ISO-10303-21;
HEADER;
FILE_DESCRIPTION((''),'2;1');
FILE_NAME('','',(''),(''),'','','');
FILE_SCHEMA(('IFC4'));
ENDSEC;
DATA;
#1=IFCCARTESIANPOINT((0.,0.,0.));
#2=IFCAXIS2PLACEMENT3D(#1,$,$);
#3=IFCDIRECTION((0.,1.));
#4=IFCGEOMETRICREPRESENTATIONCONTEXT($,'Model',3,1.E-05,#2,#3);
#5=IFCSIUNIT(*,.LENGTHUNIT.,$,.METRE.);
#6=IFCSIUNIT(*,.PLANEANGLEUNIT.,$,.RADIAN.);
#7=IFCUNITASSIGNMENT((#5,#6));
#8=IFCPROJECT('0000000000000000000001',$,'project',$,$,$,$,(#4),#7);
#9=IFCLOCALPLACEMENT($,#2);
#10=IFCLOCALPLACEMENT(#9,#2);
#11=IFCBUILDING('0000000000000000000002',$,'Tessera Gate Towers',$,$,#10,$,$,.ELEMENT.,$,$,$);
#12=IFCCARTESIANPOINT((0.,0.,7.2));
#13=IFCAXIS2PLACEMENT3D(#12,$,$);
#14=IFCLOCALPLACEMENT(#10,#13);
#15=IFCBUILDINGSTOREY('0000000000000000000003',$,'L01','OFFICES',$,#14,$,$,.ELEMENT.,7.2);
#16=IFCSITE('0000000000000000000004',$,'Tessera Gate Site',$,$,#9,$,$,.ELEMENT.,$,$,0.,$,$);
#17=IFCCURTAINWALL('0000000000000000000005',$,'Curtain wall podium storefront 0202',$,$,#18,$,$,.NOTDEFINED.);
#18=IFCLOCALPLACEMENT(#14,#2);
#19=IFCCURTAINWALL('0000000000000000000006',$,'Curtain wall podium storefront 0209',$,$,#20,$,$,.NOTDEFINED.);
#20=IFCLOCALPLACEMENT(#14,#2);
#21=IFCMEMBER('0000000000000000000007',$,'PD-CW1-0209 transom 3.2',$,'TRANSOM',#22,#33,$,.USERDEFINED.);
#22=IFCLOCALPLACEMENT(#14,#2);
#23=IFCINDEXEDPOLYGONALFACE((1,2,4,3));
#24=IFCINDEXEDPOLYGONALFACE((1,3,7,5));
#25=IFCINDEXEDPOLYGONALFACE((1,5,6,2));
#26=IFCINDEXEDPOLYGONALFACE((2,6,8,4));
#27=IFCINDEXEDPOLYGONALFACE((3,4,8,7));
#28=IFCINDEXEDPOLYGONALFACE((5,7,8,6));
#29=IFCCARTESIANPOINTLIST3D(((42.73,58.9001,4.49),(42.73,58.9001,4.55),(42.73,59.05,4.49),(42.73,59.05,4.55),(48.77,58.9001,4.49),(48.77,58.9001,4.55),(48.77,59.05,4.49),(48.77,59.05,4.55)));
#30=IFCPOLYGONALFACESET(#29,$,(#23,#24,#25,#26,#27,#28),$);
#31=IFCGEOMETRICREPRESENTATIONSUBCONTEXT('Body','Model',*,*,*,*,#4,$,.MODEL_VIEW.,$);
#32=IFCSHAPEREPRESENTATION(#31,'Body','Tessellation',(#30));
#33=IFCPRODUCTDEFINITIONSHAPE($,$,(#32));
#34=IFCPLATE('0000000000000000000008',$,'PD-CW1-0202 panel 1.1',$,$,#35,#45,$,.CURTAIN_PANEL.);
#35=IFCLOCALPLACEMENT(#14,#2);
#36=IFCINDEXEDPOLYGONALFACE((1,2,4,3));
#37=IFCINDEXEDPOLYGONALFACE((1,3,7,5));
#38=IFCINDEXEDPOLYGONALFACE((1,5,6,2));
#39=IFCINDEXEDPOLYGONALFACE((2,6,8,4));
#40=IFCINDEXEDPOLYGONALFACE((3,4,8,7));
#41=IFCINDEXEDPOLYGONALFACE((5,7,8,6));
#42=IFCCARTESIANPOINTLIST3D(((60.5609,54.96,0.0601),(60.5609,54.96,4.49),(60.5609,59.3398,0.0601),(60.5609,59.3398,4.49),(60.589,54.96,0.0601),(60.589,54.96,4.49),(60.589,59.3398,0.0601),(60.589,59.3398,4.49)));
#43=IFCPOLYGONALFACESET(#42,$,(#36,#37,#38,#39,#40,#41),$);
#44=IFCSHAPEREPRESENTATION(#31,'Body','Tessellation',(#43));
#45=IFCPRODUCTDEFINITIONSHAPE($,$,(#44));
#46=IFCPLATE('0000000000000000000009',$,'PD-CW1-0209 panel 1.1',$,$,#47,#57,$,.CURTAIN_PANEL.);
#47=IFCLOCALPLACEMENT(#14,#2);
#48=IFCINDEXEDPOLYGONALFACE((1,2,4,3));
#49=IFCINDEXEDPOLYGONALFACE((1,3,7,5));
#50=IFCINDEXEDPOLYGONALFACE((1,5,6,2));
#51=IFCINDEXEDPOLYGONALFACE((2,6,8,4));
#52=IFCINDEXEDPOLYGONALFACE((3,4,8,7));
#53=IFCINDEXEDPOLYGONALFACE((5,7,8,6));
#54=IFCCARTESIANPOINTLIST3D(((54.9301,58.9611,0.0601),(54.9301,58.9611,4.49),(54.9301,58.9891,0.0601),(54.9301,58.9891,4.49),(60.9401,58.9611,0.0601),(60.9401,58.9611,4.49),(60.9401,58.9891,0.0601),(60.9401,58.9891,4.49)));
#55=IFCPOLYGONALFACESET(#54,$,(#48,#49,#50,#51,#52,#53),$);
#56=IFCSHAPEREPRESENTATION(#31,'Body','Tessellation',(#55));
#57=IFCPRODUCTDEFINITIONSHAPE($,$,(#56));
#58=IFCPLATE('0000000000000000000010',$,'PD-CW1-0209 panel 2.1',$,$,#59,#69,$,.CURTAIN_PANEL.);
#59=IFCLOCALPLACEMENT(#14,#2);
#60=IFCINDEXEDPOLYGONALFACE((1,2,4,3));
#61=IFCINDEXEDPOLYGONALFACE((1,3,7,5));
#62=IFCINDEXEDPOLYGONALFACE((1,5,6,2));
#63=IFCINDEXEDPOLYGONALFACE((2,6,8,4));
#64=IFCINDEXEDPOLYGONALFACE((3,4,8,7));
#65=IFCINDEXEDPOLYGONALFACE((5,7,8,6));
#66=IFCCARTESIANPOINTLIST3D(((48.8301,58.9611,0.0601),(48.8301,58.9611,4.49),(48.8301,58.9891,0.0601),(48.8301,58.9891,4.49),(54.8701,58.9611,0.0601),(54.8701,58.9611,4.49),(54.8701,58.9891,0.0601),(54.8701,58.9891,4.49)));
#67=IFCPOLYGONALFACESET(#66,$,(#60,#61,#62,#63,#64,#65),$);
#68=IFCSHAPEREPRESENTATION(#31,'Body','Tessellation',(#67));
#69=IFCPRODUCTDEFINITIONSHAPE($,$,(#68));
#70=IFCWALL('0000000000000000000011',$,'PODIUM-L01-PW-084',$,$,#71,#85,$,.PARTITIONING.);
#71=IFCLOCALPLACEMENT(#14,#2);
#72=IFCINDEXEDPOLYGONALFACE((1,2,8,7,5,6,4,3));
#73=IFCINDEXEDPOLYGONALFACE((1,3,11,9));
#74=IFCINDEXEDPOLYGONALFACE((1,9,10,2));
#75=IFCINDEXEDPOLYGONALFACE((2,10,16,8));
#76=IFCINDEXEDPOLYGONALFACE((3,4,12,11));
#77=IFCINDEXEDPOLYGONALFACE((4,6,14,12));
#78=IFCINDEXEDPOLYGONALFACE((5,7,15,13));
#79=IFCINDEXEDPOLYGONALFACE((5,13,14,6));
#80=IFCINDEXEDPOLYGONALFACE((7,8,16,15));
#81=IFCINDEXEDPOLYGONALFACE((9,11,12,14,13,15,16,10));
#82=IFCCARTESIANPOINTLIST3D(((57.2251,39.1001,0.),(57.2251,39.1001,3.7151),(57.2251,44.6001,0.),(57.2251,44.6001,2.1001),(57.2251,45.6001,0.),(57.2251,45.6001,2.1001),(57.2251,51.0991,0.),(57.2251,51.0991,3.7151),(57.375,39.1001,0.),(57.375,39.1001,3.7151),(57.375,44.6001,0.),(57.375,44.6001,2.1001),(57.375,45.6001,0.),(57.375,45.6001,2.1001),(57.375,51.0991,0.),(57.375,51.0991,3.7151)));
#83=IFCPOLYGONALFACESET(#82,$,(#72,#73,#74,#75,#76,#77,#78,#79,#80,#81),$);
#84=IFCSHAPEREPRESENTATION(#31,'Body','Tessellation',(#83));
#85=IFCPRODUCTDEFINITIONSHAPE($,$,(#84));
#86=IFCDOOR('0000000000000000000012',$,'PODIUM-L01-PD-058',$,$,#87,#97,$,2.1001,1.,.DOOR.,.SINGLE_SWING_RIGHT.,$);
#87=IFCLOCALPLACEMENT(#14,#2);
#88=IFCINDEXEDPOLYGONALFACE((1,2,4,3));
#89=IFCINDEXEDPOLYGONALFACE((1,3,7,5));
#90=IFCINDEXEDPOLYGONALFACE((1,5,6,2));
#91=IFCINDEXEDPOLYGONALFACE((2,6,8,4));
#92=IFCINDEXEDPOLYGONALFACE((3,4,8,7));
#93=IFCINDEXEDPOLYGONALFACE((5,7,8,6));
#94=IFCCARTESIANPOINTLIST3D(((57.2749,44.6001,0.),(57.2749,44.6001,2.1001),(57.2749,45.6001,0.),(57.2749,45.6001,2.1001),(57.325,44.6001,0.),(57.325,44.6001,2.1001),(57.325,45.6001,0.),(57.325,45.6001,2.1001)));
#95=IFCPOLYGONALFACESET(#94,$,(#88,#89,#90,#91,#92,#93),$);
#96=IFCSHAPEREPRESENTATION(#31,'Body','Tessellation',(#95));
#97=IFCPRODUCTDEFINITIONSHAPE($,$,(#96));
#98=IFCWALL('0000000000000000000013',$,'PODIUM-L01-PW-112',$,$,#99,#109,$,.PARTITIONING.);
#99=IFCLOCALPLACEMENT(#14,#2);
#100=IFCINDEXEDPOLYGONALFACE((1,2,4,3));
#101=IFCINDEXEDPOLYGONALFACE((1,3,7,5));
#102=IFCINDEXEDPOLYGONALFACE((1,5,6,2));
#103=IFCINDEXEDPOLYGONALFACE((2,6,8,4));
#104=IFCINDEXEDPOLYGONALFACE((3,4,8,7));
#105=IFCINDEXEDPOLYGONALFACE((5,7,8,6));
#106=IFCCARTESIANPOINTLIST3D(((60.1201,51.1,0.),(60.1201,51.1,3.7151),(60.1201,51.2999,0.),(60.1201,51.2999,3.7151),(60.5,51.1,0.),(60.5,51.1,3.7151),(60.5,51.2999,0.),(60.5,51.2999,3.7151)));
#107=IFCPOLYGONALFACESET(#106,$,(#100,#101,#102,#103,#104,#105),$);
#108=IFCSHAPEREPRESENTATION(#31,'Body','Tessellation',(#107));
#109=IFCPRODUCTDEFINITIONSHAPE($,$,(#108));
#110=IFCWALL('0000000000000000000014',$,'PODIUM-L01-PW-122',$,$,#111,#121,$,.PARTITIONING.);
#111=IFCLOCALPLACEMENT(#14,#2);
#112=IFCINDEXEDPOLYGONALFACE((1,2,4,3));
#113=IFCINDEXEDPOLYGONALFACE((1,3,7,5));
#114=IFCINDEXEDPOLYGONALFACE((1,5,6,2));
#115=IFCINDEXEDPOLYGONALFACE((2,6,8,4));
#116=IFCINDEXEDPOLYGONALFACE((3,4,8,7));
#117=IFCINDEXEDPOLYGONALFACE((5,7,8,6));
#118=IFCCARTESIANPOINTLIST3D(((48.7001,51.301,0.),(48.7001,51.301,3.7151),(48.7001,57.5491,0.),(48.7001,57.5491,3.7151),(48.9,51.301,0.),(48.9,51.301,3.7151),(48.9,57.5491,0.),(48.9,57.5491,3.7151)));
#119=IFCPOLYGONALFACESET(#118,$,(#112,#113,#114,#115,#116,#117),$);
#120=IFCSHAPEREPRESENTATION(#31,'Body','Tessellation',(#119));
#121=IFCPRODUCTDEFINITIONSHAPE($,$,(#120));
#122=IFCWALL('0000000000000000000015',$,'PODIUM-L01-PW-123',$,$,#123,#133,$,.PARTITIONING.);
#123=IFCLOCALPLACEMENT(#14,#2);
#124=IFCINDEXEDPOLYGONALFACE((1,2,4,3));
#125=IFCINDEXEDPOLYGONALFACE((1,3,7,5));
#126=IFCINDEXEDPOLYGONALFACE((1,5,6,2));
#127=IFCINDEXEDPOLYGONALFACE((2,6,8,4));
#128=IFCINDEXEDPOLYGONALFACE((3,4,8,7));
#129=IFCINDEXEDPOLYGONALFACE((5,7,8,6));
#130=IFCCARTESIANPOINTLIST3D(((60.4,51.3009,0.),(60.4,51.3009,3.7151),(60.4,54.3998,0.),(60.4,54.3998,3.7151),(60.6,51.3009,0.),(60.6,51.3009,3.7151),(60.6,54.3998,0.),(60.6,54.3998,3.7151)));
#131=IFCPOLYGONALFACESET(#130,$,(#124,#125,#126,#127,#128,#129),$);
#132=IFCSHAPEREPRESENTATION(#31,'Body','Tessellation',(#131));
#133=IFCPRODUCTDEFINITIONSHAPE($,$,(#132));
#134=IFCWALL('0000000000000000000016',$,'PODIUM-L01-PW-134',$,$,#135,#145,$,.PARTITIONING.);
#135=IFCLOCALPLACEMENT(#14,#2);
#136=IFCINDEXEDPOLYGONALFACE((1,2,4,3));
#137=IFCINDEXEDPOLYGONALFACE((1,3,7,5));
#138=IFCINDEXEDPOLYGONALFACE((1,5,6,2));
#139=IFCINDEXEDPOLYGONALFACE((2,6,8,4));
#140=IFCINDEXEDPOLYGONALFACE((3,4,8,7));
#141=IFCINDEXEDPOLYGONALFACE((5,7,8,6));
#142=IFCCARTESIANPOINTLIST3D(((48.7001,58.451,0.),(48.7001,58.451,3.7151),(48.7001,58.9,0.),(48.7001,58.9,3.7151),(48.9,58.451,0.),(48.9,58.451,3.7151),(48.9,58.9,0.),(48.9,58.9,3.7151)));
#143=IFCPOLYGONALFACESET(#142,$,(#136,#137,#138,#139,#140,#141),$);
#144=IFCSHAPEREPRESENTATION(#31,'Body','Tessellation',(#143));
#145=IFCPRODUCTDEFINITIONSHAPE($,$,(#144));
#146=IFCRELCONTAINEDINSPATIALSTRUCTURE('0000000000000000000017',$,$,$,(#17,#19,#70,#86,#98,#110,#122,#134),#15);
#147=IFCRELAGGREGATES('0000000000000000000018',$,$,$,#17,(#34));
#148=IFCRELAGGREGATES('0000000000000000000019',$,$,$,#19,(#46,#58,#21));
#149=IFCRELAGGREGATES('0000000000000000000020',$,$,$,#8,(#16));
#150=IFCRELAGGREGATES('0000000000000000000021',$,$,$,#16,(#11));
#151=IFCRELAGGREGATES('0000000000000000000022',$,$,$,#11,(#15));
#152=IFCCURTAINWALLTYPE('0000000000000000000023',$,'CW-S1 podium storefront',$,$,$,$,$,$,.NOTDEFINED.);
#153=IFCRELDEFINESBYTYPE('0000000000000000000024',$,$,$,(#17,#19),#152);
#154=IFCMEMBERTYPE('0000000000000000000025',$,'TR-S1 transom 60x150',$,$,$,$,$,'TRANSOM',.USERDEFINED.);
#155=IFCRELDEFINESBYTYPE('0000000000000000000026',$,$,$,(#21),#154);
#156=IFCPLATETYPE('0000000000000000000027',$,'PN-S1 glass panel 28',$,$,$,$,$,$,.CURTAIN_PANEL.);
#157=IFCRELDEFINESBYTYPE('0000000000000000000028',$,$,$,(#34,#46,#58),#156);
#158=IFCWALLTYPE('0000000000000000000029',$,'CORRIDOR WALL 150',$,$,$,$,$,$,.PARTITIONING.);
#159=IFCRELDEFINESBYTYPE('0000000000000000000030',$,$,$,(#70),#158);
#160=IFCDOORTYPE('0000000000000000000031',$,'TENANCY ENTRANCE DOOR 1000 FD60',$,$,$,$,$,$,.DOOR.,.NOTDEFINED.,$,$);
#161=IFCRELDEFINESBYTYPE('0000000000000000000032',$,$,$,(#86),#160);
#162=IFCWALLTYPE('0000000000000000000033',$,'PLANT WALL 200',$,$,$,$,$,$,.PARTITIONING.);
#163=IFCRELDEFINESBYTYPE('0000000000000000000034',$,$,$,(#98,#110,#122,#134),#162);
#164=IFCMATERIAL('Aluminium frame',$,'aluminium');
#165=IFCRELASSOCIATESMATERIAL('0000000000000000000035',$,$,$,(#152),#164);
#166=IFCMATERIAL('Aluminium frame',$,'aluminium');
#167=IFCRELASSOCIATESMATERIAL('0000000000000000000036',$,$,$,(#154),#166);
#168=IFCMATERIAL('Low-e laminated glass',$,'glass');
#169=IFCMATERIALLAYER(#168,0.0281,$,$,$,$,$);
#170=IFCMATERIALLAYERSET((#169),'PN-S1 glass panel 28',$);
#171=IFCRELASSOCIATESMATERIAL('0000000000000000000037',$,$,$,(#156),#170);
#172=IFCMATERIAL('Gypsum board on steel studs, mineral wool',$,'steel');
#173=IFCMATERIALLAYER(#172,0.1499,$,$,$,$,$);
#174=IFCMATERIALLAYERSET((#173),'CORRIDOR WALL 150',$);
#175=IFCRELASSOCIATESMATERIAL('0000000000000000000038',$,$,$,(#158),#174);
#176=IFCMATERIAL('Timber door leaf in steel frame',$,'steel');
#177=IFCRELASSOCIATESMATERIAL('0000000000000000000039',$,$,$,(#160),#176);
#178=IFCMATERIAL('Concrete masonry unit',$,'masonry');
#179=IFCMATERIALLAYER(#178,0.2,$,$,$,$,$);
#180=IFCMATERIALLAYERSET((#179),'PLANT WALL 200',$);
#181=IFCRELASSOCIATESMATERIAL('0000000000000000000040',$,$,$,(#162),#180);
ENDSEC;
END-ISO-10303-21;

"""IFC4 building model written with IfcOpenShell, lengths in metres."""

from ifc_helpers import new_model, si_unit, direction, frame, frame_2d, origin, origin_2d, place, context, subcontext, project, spatial, rectangle, extrude, source, transform, mapped, material, layer, layer_set, material_profile, profile_set, type_object, element, fill, aggregate, save


model = new_model("IFC4")

# Units and contexts
model_context = context("Model", 3, precision=1e-05, world=origin(), true_north=direction((0.0, 1.0)))
body_context = subcontext(model_context, "Body", "Model", "MODEL_VIEW")
ifc_project = project(units=[si_unit("LENGTHUNIT", "METRE"), si_unit("PLANEANGLEUNIT", "RADIAN")], contexts=[model_context])

# Site, building, storey
site_placement = place(None, origin())
site = spatial("IfcSite", under=ifc_project, at=site_placement, Name="Tessera Gate Site", CompositionType="ELEMENT", RefElevation=0.0)
building_placement = place(site_placement, origin())
building = spatial("IfcBuilding", under=site, at=building_placement, Name="Tessera Gate Towers", CompositionType="ELEMENT")
storey_placement = place(building_placement, frame((0.0, 0.0, 7.2)))
storey = spatial("IfcBuildingStorey", under=building, at=storey_placement, Name="L01", Description="OFFICES", CompositionType="ELEMENT", Elevation=7.2)

# Curtain wall
ifc_material_1 = material(Name="Aluminium frame", Category="aluminium")
curtain_wall_type = type_object("IfcCurtainWallType", Name="CW-S1 podium storefront", PredefinedType="NOTDEFINED", material=ifc_material_1)
curtain_wall_1_placement = place(storey_placement, origin())
curtain_wall_1 = element("IfcCurtainWall", 1, at=curtain_wall_1_placement, inside=storey, type_object=curtain_wall_type, Name="Curtain wall podium storefront 0202", PredefinedType="NOTDEFINED")

# Curtain wall
curtain_wall_2_placement = place(storey_placement, origin())
curtain_wall_2 = element("IfcCurtainWall", 2, at=curtain_wall_2_placement, inside=storey, type_object=curtain_wall_type, Name="Curtain wall podium storefront 0209", PredefinedType="NOTDEFINED")

# Member
ifc_material_2 = material(Name="Aluminium frame", Category="aluminium")
ifc_material_profile_1 = material_profile(ifc_material_2, rectangle(XDim=0.1499, YDim=0.0601, at=origin_2d()), Name="AL 60x150")
ifc_profile_set_1 = profile_set([ifc_material_profile_1], Name="Aluminium frame")
member_type_1 = type_object("IfcMemberType", Name="TR-S1 transom 60x150", ElementType="TRANSOM", PredefinedType="USERDEFINED", material=ifc_profile_set_1)
member_1_placement = place(storey_placement, frame((48.77, 58.9751, 4.52), z_axis=(-1.0, 0.0, 0.0), x_axis=(0.0, -1.0, 0.0)))
member_1 = element("IfcMember", 3, at=member_1_placement, type_object=member_type_1, Name="PD-CW1-0209 transom 3.2", ObjectType="TRANSOM", PredefinedType="USERDEFINED", context=body_context, shape_type="SweptSolid", body=[
    extrude(rectangle(XDim=0.1499, YDim=0.0601, at=origin_2d()), origin(), (0.0, 0.0, 1.0), 6.04),
])

# Plates
ifc_material_3 = material(Name="Low-e laminated glass", Category="glass")
ifc_layer_1 = layer(ifc_material_3, 0.0281)
ifc_layer_set_1 = layer_set([ifc_layer_1], Name="PN-S1 glass panel 28")
plate_type = type_object("IfcPlateType", Name="PN-S1 glass panel 28", PredefinedType="CURTAIN_PANEL", material=ifc_layer_set_1)
plate_1_placement = place(storey_placement, frame((60.575, 57.1499, 0.0601), z_axis=(0.0, 0.0, 1.0), x_axis=(0.0, 1.0, 0.0)))
plate_1 = element("IfcPlate", 4, at=plate_1_placement, type_object=plate_type, Name="PD-CW1-0202 panel 1.1", PredefinedType="CURTAIN_PANEL", context=body_context, shape_type="SweptSolid", body=[
    extrude(rectangle(XDim=4.3799, YDim=0.0281, at=origin_2d()), origin(), (0.0, 0.0, 1.0), 4.4299),
])
aggregate(curtain_wall_1, [plate_1])
plate_2_placement = place(storey_placement, frame((57.9351, 58.9751, 0.0601), z_axis=(0.0, 0.0, 1.0), x_axis=(-1.0, 0.0, 0.0)))
plate_2 = element("IfcPlate", 5, at=plate_2_placement, type_object=plate_type, Name="PD-CW1-0209 panel 1.1", PredefinedType="CURTAIN_PANEL", context=body_context, shape_type="SweptSolid", body=[
    extrude(rectangle(XDim=6.01, YDim=0.0281, at=origin_2d()), origin(), (0.0, 0.0, 1.0), 4.4299),
])
plate_3_placement = place(storey_placement, frame((51.8501, 58.9751, 0.0601), z_axis=(0.0, 0.0, 1.0), x_axis=(-1.0, 0.0, 0.0)))
plate_3 = element("IfcPlate", 6, at=plate_3_placement, type_object=plate_type, Name="PD-CW1-0209 panel 2.1", PredefinedType="CURTAIN_PANEL", context=body_context, shape_type="SweptSolid", body=[
    extrude(rectangle(XDim=6.04, YDim=0.0281, at=origin_2d()), origin(), (0.0, 0.0, 1.0), 4.4299),
])
aggregate(curtain_wall_2, [plate_2, plate_3, member_1])

# Wall, opening, door
ifc_material_4 = material(Name="Gypsum board on steel studs, mineral wool", Category="steel")
ifc_layer_2 = layer(ifc_material_4, 0.1499)
ifc_layer_set_2 = layer_set([ifc_layer_2], Name="CORRIDOR WALL 150")
wall_type_1 = type_object("IfcWallType", Name="CORRIDOR WALL 150", PredefinedType="PARTITIONING", material=ifc_layer_set_2)
wall_1_placement = place(storey_placement, frame((57.3, 51.0991, 0.0), z_axis=(0.0, 0.0, 1.0), x_axis=(0.0, -1.0, 0.0)))
wall_1 = element("IfcWall", 7, at=wall_1_placement, inside=storey, type_object=wall_type_1, Name="PODIUM-L01-PW-084", PredefinedType="PARTITIONING", context=body_context, shape_type="SweptSolid", body=[
    extrude(rectangle(XDim=11.999, YDim=0.1499, at=frame_2d((5.9995, 0.0))), origin(), (0.0, 0.0, 1.0), 3.7151),
])
shared_shape_1 = source(origin(), body_context, "Body", "SweptSolid", [
    extrude(rectangle(XDim=1.0, YDim=2.1001, at=frame_2d((0.5, 1.05))), frame((0.0, 0.085, 0.0), z_axis=(0.0, -1.0, 0.0), x_axis=(1.0, 0.0, 0.0)), (0.0, 0.0, 1.0), 0.1699),
])
opening_placement = place(wall_1_placement, frame((5.499, 0.0, 0.0)))
opening = element("IfcOpeningElement", 8, at=opening_placement, cuts=wall_1, PredefinedType="OPENING", context=body_context, shape_type="MappedRepresentation", body=[
    mapped(shared_shape_1, transform((0.0, 0.0, 0.0), scale=1.0)),
])
ifc_material_5 = material(Name="Timber door leaf in steel frame", Category="steel")
door_type = type_object("IfcDoorType", Name="TENANCY ENTRANCE DOOR 1000 FD60", OperationType="NOTDEFINED", PredefinedType="DOOR", material=ifc_material_5)
shared_shape_2 = source(origin(), body_context, "Body", "SweptSolid", [
    extrude(rectangle(XDim=1.0, YDim=2.1001, at=frame_2d((0.5, 1.05))), frame((0.0, 0.0249, 0.0), z_axis=(0.0, -1.0, 0.0), x_axis=(1.0, 0.0, 0.0)), (0.0, 0.0, 1.0), 0.05),
])
door_placement = place(opening_placement, origin())
door = element("IfcDoor", 9, at=door_placement, inside=storey, type_object=door_type, Name="PODIUM-L01-PD-058", OperationType="SINGLE_SWING_RIGHT", OverallHeight=2.1001, OverallWidth=1.0, PredefinedType="DOOR", context=body_context, shape_type="MappedRepresentation", body=[
    mapped(shared_shape_2, transform((0.0, 0.0, 0.0), scale=1.0)),
])
fill(opening, door)

# Walls
ifc_material_6 = material(Name="Concrete masonry unit", Category="masonry")
ifc_layer_3 = layer(ifc_material_6, 0.2)
ifc_layer_set_3 = layer_set([ifc_layer_3], Name="PLANT WALL 200")
wall_type_2 = type_object("IfcWallType", Name="PLANT WALL 200", PredefinedType="PARTITIONING", material=ifc_layer_set_3)
wall_2_placement = place(storey_placement, frame((60.1201, 51.2, 0.0), z_axis=(0.0, 0.0, 1.0), x_axis=(1.0, 0.0, 0.0)))
element("IfcWall", 10, at=wall_2_placement, inside=storey, type_object=wall_type_2, Name="PODIUM-L01-PW-112", PredefinedType="PARTITIONING", context=body_context, shape_type="SweptSolid", body=[
    extrude(rectangle(XDim=0.3799, YDim=0.2, at=frame_2d((0.1899, 0.0))), origin(), (0.0, 0.0, 1.0), 3.7151),
])
wall_3_placement = place(storey_placement, frame((48.8, 51.301, 0.0), z_axis=(0.0, 0.0, 1.0), x_axis=(0.0, 1.0, 0.0)))
element("IfcWall", 11, at=wall_3_placement, inside=storey, type_object=wall_type_2, Name="PODIUM-L01-PW-122", PredefinedType="PARTITIONING", context=body_context, shape_type="SweptSolid", body=[
    extrude(rectangle(XDim=6.248, YDim=0.2, at=frame_2d((3.124, 0.0))), origin(), (0.0, 0.0, 1.0), 3.7151),
])
wall_4_placement = place(storey_placement, frame((60.5, 51.301, 0.0), z_axis=(0.0, 0.0, 1.0), x_axis=(0.0, 1.0, 0.0)))
element("IfcWall", 12, at=wall_4_placement, inside=storey, type_object=wall_type_2, Name="PODIUM-L01-PW-123", PredefinedType="PARTITIONING", context=body_context, shape_type="SweptSolid", body=[
    extrude(rectangle(XDim=3.0989, YDim=0.2, at=frame_2d((1.5493, 0.0))), origin(), (0.0, 0.0, 1.0), 3.7151),
])
wall_5_placement = place(storey_placement, frame((48.8, 58.4509, 0.0), z_axis=(0.0, 0.0, 1.0), x_axis=(0.0, 1.0, 0.0)))
element("IfcWall", 13, at=wall_5_placement, inside=storey, type_object=wall_type_2, Name="PODIUM-L01-PW-134", PredefinedType="PARTITIONING", context=body_context, shape_type="SweptSolid", body=[
    extrude(rectangle(XDim=0.449, YDim=0.2, at=frame_2d((0.2246, 0.0))), origin(), (0.0, 0.0, 1.0), 3.7151),
])

save(model, "model.ifc")
